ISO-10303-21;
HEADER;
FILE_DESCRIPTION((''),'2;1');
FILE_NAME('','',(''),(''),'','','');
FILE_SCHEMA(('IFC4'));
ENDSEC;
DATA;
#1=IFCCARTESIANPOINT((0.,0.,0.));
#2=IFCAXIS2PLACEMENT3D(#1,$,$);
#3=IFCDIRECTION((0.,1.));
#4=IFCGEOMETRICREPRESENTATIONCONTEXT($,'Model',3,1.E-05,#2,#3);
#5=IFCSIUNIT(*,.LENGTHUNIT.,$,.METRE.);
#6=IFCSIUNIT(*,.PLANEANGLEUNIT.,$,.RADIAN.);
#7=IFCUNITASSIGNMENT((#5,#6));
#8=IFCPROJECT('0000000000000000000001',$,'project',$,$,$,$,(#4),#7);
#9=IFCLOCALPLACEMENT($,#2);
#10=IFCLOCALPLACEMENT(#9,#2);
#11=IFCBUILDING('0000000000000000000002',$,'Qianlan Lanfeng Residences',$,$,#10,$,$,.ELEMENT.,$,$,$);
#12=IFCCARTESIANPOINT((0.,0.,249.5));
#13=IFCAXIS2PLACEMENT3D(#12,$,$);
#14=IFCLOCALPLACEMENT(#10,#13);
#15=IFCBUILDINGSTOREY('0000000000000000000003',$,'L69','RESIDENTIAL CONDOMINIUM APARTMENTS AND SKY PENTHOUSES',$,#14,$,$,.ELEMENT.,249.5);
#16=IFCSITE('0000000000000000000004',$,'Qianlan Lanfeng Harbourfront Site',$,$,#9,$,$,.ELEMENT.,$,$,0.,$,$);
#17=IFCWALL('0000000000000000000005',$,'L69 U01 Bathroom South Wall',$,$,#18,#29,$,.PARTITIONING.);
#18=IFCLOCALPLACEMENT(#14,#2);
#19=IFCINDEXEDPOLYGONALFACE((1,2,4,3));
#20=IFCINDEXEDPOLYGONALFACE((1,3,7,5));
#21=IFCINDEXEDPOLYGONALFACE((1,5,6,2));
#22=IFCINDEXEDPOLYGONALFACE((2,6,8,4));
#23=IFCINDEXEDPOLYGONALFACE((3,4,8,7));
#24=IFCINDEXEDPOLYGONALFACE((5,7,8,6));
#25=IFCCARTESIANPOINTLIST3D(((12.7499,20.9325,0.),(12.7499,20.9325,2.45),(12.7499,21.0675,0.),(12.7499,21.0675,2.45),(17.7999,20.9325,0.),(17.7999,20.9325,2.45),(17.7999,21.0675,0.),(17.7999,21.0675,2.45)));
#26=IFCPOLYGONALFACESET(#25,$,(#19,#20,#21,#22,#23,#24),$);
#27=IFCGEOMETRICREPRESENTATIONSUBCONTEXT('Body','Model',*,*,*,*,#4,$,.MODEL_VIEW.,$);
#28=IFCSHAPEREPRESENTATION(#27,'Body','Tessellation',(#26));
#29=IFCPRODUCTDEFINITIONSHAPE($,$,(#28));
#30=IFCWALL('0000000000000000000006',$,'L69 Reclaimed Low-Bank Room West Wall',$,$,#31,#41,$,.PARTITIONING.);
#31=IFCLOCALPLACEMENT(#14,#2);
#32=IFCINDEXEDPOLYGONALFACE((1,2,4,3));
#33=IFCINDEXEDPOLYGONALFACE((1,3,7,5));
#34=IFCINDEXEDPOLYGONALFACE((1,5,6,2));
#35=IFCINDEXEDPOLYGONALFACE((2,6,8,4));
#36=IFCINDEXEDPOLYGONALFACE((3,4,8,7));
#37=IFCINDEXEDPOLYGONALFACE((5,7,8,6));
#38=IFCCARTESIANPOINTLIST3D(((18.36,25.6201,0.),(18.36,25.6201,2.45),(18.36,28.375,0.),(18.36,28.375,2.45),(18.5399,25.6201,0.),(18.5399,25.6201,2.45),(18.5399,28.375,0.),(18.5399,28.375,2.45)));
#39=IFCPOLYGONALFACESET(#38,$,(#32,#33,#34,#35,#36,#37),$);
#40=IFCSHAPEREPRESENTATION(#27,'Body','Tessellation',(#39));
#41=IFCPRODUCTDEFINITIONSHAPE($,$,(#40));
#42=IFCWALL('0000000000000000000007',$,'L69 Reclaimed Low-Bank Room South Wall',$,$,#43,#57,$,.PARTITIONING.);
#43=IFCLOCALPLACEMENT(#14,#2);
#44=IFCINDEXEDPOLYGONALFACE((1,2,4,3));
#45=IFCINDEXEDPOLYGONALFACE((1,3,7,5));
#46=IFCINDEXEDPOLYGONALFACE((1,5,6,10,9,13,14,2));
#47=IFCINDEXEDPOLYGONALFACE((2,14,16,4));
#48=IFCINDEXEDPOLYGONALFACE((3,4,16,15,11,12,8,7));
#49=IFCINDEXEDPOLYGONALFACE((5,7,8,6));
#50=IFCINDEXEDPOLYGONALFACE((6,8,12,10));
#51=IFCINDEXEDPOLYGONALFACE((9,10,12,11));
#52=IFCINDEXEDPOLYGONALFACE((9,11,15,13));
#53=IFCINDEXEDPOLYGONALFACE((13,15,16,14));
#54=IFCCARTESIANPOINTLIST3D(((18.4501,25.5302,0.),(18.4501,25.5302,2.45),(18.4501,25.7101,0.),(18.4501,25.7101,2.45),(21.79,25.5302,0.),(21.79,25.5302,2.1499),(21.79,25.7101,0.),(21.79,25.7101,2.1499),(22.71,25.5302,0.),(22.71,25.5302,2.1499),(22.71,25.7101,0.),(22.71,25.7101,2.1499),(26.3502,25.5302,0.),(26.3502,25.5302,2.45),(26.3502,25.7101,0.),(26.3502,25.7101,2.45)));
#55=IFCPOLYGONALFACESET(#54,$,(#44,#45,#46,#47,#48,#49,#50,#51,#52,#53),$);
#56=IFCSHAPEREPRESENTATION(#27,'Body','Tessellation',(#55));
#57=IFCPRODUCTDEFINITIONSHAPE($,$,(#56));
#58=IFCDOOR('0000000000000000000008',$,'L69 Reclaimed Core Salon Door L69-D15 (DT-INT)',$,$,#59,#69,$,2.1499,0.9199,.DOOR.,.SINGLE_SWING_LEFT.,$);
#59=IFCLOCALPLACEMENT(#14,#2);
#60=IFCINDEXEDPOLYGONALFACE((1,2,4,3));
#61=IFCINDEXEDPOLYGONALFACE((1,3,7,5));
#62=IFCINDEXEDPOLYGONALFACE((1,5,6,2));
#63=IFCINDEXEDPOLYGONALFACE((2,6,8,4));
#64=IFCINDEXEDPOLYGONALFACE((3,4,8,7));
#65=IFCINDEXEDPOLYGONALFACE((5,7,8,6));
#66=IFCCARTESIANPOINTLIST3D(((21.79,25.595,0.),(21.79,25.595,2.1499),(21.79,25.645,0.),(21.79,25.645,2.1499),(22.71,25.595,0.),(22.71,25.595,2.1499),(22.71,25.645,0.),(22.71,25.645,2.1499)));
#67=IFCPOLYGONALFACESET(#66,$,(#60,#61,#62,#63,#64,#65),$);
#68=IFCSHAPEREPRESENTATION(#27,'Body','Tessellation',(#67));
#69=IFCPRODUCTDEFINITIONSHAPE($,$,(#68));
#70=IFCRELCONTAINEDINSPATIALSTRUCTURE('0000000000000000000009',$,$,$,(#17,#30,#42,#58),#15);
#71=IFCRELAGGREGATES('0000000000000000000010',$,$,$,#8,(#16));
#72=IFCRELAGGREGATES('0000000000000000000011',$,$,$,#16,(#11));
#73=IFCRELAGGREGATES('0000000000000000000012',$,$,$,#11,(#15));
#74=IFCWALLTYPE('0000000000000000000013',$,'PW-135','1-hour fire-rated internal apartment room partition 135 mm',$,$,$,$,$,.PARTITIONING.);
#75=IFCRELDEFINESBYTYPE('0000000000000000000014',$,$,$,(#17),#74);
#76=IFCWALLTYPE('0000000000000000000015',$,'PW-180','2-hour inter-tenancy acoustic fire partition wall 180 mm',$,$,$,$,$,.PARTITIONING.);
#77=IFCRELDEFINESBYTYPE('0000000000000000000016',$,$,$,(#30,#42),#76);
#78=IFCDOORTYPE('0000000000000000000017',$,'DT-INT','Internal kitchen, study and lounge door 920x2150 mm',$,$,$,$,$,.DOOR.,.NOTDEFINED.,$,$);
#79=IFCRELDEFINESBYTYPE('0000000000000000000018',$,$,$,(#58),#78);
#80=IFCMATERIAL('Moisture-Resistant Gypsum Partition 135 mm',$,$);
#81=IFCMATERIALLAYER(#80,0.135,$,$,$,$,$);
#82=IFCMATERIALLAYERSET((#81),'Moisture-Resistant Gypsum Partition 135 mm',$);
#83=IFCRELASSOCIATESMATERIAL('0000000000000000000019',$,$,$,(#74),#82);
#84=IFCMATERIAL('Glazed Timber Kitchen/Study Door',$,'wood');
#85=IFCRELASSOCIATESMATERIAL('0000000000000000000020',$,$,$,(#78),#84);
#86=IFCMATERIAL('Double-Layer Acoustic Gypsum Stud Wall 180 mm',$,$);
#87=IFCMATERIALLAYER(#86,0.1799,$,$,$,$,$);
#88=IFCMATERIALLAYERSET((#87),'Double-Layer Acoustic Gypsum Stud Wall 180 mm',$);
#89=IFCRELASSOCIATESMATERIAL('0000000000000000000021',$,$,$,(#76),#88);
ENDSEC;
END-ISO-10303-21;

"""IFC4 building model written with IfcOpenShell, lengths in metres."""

from ifc_helpers import new_model, si_unit, direction, frame, frame_2d, origin, place, context, subcontext, project, spatial, rectangle, extrude, material, layer, layer_set, type_object, element, fill, save


model = new_model("IFC4")

# Units and contexts
model_context = context("Model", 3, precision=1e-05, world=origin(), true_north=direction((0.0, 1.0)))
body_context = subcontext(model_context, "Body", "Model", "MODEL_VIEW")
ifc_project = project(units=[si_unit("LENGTHUNIT", "METRE"), si_unit("PLANEANGLEUNIT", "RADIAN")], contexts=[model_context])

# Site, building, storey
site_placement = place(None, origin())
site = spatial("IfcSite", under=ifc_project, at=site_placement, Name="Qianlan Lanfeng Harbourfront Site", CompositionType="ELEMENT", RefElevation=0.0)
building_placement = place(site_placement, origin())
building = spatial("IfcBuilding", under=site, at=building_placement, Name="Qianlan Lanfeng Residences", CompositionType="ELEMENT")
storey_placement = place(building_placement, frame((0.0, 0.0, 249.5)))
storey = spatial("IfcBuildingStorey", under=building, at=storey_placement, Name="L69", Description="RESIDENTIAL CONDOMINIUM APARTMENTS AND SKY PENTHOUSES", CompositionType="ELEMENT", Elevation=249.5)

# Shared definitions
ifc_material_1 = material(Name="Moisture-Resistant Gypsum Partition 135 mm")
ifc_layer_1 = layer(ifc_material_1, 0.135)
ifc_layer_set_1 = layer_set([ifc_layer_1], Name="Moisture-Resistant Gypsum Partition 135 mm")
wall_type_1 = type_object("IfcWallType", Name="PW-135", Description="1-hour fire-rated internal apartment room partition 135 mm", PredefinedType="PARTITIONING", material=ifc_layer_set_1)
ifc_material_2 = material(Name="Glazed Timber Kitchen/Study Door", Category="wood")
door_type_1 = type_object("IfcDoorType", Name="DT-INT", Description="Internal kitchen, study and lounge door 920x2150 mm", OperationType="NOTDEFINED", PredefinedType="DOOR", material=ifc_material_2)

# Wall
for number, where, z_axis, x_axis, name in (
    (1, (12.75, 21.0, 0.0), (0.0, 0.0, 1.0), (1.0, 0.0, 0.0), "L69 U01 Bathroom South Wall"),
):
    element("IfcWall", number, at=place(storey_placement, frame(where, z_axis=z_axis, x_axis=x_axis)), inside=storey, type_object=wall_type_1, Name=name, PredefinedType="PARTITIONING", context=body_context, shape_type="SweptSolid", body=[
        extrude(rectangle(XDim=5.05, YDim=0.135, at=frame_2d((2.5249, 0.0))), origin(), (0.0, 0.0, 1.0), 2.45),
    ])

# Shared definitions
ifc_material_3 = material(Name="Double-Layer Acoustic Gypsum Stud Wall 180 mm")
ifc_layer_2 = layer(ifc_material_3, 0.1799)
ifc_layer_set_2 = layer_set([ifc_layer_2], Name="Double-Layer Acoustic Gypsum Stud Wall 180 mm")
wall_type_2 = type_object("IfcWallType", Name="PW-180", Description="2-hour inter-tenancy acoustic fire partition wall 180 mm", PredefinedType="PARTITIONING", material=ifc_layer_set_2)

# Wall
wall_1_placement = place(storey_placement, frame((18.45, 25.6201, 0.0), z_axis=(0.0, 0.0, 1.0), x_axis=(0.0, 1.0, 0.0)))
element("IfcWall", 2, at=wall_1_placement, inside=storey, type_object=wall_type_2, Name="L69 Reclaimed Low-Bank Room West Wall", PredefinedType="PARTITIONING", context=body_context, shape_type="SweptSolid", body=[
    extrude(rectangle(XDim=2.7549, YDim=0.1799, at=frame_2d((1.3774, 0.0))), origin(), (0.0, 0.0, 1.0), 2.45),
])

# Wall, opening, door
wall_2_placement = place(storey_placement, frame((18.45, 25.6201, 0.0), z_axis=(0.0, 0.0, 1.0), x_axis=(1.0, 0.0, 0.0)))
wall_2 = element("IfcWall", 3, at=wall_2_placement, inside=storey, type_object=wall_type_2, Name="L69 Reclaimed Low-Bank Room South Wall", PredefinedType="PARTITIONING", context=body_context, shape_type="SweptSolid", body=[
    extrude(rectangle(XDim=7.9001, YDim=0.1799, at=frame_2d((3.9502, 0.0))), origin(), (0.0, 0.0, 1.0), 2.45),
])
opening_1_placement = place(wall_2_placement, frame((3.3401, 0.0, 0.0)))
opening_1 = element("IfcOpeningElement", 4, at=opening_1_placement, cuts=wall_2, PredefinedType="OPENING", context=body_context, shape_type="SweptSolid", body=[
    extrude(rectangle(XDim=0.9199, YDim=2.1499, at=frame_2d((0.46, 1.075))), frame((0.0, 0.1001, 0.0), z_axis=(0.0, -1.0, 0.0), x_axis=(1.0, 0.0, 0.0)), (0.0, 0.0, 1.0), 0.2),
])
door_1_placement = place(opening_1_placement, origin())
door_1 = element("IfcDoor", 5, at=door_1_placement, inside=storey, type_object=door_type_1, Name="L69 Reclaimed Core Salon Door L69-D15 (DT-INT)", OperationType="SINGLE_SWING_LEFT", OverallHeight=2.1499, OverallWidth=0.9199, PredefinedType="DOOR", context=body_context, shape_type="SweptSolid", body=[
    extrude(rectangle(XDim=0.9199, YDim=2.1499, at=frame_2d((0.46, 1.075))), frame((0.0, 0.0249, 0.0), z_axis=(0.0, -1.0, 0.0), x_axis=(1.0, 0.0, 0.0)), (0.0, 0.0, 1.0), 0.05),
])
fill(opening_1, door_1)

save(model, "model.ifc")
